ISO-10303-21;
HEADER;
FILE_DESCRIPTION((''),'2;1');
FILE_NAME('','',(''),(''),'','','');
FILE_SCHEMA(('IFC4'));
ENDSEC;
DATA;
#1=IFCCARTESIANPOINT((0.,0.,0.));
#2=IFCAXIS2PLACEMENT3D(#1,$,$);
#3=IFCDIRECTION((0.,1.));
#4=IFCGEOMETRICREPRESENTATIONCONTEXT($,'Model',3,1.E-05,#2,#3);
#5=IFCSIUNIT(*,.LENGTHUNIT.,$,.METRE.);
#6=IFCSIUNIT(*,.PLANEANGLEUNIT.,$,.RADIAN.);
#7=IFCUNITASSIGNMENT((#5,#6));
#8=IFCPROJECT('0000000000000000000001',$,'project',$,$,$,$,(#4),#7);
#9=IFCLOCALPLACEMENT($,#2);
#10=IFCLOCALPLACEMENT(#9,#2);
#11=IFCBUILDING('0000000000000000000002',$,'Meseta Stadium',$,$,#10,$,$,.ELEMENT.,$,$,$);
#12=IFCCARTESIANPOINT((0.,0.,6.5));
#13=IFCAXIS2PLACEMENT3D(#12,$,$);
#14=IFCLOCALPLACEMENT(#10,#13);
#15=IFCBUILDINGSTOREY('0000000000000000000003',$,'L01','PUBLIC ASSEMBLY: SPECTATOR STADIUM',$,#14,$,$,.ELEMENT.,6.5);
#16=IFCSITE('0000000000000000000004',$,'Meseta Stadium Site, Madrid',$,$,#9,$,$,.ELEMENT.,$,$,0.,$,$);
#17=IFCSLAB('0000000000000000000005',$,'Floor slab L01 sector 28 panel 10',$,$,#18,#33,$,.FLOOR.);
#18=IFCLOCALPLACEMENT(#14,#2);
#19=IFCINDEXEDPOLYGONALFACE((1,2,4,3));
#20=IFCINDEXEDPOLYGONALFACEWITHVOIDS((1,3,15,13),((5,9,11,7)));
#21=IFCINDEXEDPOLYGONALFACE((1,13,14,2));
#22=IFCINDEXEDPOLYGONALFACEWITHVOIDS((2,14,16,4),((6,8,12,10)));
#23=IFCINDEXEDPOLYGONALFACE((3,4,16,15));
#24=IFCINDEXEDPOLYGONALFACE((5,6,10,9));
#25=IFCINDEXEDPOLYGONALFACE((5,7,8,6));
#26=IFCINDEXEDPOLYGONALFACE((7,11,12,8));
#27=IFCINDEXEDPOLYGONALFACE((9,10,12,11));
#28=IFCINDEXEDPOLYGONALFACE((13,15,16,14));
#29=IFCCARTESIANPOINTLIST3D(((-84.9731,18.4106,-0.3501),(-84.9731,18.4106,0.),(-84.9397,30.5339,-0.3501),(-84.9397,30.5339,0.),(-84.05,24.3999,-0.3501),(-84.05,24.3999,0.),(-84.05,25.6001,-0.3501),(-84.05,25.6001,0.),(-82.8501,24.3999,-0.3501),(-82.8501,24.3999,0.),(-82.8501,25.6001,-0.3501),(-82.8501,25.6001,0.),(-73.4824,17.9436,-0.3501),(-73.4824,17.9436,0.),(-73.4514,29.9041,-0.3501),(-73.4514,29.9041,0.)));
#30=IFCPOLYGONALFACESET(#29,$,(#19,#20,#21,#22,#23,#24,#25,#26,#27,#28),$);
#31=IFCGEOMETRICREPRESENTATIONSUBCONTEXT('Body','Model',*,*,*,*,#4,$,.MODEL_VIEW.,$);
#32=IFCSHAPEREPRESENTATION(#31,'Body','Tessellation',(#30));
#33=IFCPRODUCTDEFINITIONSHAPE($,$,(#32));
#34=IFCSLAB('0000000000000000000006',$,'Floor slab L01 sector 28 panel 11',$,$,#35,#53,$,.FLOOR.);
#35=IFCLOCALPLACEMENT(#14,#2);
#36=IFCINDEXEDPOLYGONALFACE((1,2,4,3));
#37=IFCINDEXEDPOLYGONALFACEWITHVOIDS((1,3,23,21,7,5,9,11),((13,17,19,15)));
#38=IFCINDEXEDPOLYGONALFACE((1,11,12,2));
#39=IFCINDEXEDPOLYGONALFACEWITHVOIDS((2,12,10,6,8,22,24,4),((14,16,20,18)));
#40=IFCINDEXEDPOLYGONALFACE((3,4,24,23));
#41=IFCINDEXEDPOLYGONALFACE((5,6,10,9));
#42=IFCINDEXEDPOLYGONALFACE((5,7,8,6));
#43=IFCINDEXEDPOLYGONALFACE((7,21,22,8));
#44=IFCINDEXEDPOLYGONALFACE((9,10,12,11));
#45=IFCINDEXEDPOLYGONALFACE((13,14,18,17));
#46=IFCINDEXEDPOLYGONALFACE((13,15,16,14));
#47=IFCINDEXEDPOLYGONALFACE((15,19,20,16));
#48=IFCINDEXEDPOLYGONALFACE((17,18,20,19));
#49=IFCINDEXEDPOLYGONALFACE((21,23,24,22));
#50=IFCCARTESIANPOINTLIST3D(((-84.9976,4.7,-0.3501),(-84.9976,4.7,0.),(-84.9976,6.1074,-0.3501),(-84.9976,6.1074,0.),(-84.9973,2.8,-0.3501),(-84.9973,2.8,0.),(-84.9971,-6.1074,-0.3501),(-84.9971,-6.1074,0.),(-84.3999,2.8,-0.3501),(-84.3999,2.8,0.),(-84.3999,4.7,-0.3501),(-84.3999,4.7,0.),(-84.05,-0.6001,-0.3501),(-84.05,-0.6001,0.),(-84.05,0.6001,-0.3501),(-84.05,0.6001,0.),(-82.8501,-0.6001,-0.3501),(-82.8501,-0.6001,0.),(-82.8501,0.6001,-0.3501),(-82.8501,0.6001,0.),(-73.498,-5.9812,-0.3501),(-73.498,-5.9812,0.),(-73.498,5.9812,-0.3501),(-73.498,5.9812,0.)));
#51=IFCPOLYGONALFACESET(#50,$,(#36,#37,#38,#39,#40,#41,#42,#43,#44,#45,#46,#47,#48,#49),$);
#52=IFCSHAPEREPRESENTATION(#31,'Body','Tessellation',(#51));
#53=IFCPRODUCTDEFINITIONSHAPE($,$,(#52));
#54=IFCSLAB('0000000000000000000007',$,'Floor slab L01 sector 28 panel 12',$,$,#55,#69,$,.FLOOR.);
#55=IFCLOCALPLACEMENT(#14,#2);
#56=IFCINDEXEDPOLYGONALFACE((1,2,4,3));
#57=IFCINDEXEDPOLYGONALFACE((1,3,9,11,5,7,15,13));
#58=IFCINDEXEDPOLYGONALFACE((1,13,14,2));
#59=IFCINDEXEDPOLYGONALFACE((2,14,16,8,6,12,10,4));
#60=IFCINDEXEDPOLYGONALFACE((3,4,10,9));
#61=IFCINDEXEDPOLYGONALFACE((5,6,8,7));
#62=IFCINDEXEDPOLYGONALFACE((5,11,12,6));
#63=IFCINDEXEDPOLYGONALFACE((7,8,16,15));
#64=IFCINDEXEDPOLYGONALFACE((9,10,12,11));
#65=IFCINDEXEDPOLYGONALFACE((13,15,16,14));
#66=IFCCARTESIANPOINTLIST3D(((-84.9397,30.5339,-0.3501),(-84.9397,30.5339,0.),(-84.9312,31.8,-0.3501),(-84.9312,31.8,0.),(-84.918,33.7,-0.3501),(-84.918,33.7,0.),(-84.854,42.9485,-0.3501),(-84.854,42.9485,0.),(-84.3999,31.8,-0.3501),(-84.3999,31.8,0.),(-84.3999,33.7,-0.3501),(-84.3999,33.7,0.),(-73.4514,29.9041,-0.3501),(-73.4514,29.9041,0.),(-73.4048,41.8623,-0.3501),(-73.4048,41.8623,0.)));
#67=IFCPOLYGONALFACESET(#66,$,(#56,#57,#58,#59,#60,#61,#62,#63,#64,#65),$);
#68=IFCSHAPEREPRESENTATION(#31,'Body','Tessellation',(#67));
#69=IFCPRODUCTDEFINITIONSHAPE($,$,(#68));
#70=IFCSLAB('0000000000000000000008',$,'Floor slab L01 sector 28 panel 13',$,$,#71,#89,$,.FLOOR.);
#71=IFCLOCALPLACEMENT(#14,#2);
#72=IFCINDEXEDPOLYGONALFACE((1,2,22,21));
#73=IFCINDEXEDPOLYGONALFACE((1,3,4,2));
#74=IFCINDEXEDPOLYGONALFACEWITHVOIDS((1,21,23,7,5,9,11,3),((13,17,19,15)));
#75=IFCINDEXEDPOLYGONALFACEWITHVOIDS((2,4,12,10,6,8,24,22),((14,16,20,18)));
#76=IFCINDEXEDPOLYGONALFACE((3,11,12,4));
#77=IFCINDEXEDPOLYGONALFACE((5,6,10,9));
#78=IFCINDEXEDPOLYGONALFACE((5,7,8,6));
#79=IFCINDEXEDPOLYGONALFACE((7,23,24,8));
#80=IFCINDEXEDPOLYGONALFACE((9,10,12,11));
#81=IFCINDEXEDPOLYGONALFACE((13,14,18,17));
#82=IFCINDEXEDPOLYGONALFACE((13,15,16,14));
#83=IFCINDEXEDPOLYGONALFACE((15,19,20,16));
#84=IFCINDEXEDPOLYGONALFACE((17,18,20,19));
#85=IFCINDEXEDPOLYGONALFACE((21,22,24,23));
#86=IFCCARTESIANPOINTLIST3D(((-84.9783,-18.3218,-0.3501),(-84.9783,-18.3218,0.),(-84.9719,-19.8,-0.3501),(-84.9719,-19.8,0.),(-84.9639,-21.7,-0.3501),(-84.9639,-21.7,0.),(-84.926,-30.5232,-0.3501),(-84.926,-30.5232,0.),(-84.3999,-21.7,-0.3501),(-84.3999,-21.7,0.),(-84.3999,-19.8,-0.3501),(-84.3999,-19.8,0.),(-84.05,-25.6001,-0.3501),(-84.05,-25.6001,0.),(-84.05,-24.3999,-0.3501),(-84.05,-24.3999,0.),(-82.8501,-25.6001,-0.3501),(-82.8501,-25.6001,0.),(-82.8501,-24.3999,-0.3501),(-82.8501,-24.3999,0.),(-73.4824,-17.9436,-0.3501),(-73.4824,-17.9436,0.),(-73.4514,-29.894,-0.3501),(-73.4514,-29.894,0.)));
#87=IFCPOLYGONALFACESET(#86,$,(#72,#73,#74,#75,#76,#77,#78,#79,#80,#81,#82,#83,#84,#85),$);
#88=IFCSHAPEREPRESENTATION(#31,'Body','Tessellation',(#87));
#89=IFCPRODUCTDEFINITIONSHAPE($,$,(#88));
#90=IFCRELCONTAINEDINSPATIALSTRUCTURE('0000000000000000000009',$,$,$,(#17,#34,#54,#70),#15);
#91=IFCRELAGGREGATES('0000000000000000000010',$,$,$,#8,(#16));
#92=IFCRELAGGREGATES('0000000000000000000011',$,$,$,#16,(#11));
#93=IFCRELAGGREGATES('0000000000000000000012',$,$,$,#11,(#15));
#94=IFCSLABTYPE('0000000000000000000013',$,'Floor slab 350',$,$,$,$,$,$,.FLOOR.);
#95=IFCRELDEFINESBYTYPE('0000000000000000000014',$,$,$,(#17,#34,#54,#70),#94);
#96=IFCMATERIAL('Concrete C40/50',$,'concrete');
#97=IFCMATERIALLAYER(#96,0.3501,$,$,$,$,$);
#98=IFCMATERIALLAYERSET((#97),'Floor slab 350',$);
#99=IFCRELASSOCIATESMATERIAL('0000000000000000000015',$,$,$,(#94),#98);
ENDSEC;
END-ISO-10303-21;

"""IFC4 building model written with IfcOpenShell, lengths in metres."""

from ifc_helpers import new_model, si_unit, direction, frame, origin, place, context, subcontext, project, spatial, polyline, outline, extrude, material, layer, layer_set, type_object, element, save


model = new_model("IFC4")

# Units and contexts
model_context = context("Model", 3, precision=1e-05, world=origin(), true_north=direction((0.0, 1.0)))
body_context = subcontext(model_context, "Body", "Model", "MODEL_VIEW")
ifc_project = project(units=[si_unit("LENGTHUNIT", "METRE"), si_unit("PLANEANGLEUNIT", "RADIAN")], contexts=[model_context])

# Site, building, storey
site_placement = place(None, origin())
site = spatial("IfcSite", under=ifc_project, at=site_placement, Name="Meseta Stadium Site, Madrid", CompositionType="ELEMENT", RefElevation=0.0)
building_placement = place(site_placement, origin())
building = spatial("IfcBuilding", under=site, at=building_placement, Name="Meseta Stadium", CompositionType="ELEMENT")
storey_placement = place(building_placement, frame((0.0, 0.0, 6.5)))
storey = spatial("IfcBuildingStorey", under=building, at=storey_placement, Name="L01", Description="PUBLIC ASSEMBLY: SPECTATOR STADIUM", CompositionType="ELEMENT", Elevation=6.5)

# Slabs
ifc_material = material(Name="Concrete C40/50", Category="concrete")
ifc_layer = layer(ifc_material, 0.3501)
ifc_layer_set = layer_set([ifc_layer], Name="Floor slab 350")
slab_type = type_object("IfcSlabType", Name="Floor slab 350", PredefinedType="FLOOR", material=ifc_layer_set)
slab_1_placement = place(storey_placement, frame((0.0, 0.0, -0.3501)))
element("IfcSlab", 1, at=slab_1_placement, inside=storey, type_object=slab_type, Name="Floor slab L01 sector 28 panel 10", PredefinedType="FLOOR", context=body_context, shape_type="SweptSolid", body=[
    extrude(outline(polyline([(-73.4514, 29.9041), (-84.9397, 30.5339), (-84.9731, 18.4106), (-73.4824, 17.9436), (-73.4514, 29.9041)]), holes=[polyline([(-82.8501, 25.6001), (-82.8501, 24.3999), (-84.05, 24.3999), (-84.05, 25.6001), (-82.8501, 25.6001)])]), origin(), (0.0, 0.0, 1.0), 0.3501),
])
slab_2_placement = place(storey_placement, frame((0.0, 0.0, -0.3501)))
element("IfcSlab", 2, at=slab_2_placement, inside=storey, type_object=slab_type, Name="Floor slab L01 sector 28 panel 11", PredefinedType="FLOOR", context=body_context, shape_type="SweptSolid", body=[
    extrude(outline(polyline([(-73.498, 5.9812), (-84.9976, 6.1074), (-84.9976, 4.7), (-84.3999, 4.7), (-84.3999, 2.8), (-84.9973, 2.8), (-84.9971, -6.1074), (-73.498, -5.9812), (-73.498, 5.9812)]), holes=[polyline([(-82.8501, -0.6001), (-84.05, -0.6001), (-84.05, 0.6001), (-82.8501, 0.6001), (-82.8501, -0.6001)])]), origin(), (0.0, 0.0, 1.0), 0.3501),
])
slab_3_placement = place(storey_placement, frame((0.0, 0.0, -0.3501)))
element("IfcSlab", 3, at=slab_3_placement, inside=storey, type_object=slab_type, Name="Floor slab L01 sector 28 panel 12", PredefinedType="FLOOR", context=body_context, shape_type="SweptSolid", body=[
    extrude(outline(polyline([(-73.4048, 41.8623), (-84.854, 42.9485), (-84.918, 33.7), (-84.3999, 33.7), (-84.3999, 31.8), (-84.9312, 31.8), (-84.9397, 30.5339), (-73.4514, 29.9041), (-73.4048, 41.8623)])), origin(), (0.0, 0.0, 1.0), 0.3501),
])
slab_4_placement = place(storey_placement, frame((0.0, 0.0, -0.3501)))
element("IfcSlab", 4, at=slab_4_placement, inside=storey, type_object=slab_type, Name="Floor slab L01 sector 28 panel 13", PredefinedType="FLOOR", context=body_context, shape_type="SweptSolid", body=[
    extrude(outline(polyline([(-84.9639, -21.7), (-84.926, -30.5232), (-73.4514, -29.894), (-73.4824, -17.9436), (-84.9783, -18.3218), (-84.9719, -19.8), (-84.3999, -19.8), (-84.3999, -21.7), (-84.9639, -21.7)]), holes=[polyline([(-82.8501, -24.3999), (-82.8501, -25.6001), (-84.05, -25.6001), (-84.05, -24.3999), (-82.8501, -24.3999)])]), origin(), (0.0, 0.0, 1.0), 0.3501),
])

save(model, "model.ifc")
